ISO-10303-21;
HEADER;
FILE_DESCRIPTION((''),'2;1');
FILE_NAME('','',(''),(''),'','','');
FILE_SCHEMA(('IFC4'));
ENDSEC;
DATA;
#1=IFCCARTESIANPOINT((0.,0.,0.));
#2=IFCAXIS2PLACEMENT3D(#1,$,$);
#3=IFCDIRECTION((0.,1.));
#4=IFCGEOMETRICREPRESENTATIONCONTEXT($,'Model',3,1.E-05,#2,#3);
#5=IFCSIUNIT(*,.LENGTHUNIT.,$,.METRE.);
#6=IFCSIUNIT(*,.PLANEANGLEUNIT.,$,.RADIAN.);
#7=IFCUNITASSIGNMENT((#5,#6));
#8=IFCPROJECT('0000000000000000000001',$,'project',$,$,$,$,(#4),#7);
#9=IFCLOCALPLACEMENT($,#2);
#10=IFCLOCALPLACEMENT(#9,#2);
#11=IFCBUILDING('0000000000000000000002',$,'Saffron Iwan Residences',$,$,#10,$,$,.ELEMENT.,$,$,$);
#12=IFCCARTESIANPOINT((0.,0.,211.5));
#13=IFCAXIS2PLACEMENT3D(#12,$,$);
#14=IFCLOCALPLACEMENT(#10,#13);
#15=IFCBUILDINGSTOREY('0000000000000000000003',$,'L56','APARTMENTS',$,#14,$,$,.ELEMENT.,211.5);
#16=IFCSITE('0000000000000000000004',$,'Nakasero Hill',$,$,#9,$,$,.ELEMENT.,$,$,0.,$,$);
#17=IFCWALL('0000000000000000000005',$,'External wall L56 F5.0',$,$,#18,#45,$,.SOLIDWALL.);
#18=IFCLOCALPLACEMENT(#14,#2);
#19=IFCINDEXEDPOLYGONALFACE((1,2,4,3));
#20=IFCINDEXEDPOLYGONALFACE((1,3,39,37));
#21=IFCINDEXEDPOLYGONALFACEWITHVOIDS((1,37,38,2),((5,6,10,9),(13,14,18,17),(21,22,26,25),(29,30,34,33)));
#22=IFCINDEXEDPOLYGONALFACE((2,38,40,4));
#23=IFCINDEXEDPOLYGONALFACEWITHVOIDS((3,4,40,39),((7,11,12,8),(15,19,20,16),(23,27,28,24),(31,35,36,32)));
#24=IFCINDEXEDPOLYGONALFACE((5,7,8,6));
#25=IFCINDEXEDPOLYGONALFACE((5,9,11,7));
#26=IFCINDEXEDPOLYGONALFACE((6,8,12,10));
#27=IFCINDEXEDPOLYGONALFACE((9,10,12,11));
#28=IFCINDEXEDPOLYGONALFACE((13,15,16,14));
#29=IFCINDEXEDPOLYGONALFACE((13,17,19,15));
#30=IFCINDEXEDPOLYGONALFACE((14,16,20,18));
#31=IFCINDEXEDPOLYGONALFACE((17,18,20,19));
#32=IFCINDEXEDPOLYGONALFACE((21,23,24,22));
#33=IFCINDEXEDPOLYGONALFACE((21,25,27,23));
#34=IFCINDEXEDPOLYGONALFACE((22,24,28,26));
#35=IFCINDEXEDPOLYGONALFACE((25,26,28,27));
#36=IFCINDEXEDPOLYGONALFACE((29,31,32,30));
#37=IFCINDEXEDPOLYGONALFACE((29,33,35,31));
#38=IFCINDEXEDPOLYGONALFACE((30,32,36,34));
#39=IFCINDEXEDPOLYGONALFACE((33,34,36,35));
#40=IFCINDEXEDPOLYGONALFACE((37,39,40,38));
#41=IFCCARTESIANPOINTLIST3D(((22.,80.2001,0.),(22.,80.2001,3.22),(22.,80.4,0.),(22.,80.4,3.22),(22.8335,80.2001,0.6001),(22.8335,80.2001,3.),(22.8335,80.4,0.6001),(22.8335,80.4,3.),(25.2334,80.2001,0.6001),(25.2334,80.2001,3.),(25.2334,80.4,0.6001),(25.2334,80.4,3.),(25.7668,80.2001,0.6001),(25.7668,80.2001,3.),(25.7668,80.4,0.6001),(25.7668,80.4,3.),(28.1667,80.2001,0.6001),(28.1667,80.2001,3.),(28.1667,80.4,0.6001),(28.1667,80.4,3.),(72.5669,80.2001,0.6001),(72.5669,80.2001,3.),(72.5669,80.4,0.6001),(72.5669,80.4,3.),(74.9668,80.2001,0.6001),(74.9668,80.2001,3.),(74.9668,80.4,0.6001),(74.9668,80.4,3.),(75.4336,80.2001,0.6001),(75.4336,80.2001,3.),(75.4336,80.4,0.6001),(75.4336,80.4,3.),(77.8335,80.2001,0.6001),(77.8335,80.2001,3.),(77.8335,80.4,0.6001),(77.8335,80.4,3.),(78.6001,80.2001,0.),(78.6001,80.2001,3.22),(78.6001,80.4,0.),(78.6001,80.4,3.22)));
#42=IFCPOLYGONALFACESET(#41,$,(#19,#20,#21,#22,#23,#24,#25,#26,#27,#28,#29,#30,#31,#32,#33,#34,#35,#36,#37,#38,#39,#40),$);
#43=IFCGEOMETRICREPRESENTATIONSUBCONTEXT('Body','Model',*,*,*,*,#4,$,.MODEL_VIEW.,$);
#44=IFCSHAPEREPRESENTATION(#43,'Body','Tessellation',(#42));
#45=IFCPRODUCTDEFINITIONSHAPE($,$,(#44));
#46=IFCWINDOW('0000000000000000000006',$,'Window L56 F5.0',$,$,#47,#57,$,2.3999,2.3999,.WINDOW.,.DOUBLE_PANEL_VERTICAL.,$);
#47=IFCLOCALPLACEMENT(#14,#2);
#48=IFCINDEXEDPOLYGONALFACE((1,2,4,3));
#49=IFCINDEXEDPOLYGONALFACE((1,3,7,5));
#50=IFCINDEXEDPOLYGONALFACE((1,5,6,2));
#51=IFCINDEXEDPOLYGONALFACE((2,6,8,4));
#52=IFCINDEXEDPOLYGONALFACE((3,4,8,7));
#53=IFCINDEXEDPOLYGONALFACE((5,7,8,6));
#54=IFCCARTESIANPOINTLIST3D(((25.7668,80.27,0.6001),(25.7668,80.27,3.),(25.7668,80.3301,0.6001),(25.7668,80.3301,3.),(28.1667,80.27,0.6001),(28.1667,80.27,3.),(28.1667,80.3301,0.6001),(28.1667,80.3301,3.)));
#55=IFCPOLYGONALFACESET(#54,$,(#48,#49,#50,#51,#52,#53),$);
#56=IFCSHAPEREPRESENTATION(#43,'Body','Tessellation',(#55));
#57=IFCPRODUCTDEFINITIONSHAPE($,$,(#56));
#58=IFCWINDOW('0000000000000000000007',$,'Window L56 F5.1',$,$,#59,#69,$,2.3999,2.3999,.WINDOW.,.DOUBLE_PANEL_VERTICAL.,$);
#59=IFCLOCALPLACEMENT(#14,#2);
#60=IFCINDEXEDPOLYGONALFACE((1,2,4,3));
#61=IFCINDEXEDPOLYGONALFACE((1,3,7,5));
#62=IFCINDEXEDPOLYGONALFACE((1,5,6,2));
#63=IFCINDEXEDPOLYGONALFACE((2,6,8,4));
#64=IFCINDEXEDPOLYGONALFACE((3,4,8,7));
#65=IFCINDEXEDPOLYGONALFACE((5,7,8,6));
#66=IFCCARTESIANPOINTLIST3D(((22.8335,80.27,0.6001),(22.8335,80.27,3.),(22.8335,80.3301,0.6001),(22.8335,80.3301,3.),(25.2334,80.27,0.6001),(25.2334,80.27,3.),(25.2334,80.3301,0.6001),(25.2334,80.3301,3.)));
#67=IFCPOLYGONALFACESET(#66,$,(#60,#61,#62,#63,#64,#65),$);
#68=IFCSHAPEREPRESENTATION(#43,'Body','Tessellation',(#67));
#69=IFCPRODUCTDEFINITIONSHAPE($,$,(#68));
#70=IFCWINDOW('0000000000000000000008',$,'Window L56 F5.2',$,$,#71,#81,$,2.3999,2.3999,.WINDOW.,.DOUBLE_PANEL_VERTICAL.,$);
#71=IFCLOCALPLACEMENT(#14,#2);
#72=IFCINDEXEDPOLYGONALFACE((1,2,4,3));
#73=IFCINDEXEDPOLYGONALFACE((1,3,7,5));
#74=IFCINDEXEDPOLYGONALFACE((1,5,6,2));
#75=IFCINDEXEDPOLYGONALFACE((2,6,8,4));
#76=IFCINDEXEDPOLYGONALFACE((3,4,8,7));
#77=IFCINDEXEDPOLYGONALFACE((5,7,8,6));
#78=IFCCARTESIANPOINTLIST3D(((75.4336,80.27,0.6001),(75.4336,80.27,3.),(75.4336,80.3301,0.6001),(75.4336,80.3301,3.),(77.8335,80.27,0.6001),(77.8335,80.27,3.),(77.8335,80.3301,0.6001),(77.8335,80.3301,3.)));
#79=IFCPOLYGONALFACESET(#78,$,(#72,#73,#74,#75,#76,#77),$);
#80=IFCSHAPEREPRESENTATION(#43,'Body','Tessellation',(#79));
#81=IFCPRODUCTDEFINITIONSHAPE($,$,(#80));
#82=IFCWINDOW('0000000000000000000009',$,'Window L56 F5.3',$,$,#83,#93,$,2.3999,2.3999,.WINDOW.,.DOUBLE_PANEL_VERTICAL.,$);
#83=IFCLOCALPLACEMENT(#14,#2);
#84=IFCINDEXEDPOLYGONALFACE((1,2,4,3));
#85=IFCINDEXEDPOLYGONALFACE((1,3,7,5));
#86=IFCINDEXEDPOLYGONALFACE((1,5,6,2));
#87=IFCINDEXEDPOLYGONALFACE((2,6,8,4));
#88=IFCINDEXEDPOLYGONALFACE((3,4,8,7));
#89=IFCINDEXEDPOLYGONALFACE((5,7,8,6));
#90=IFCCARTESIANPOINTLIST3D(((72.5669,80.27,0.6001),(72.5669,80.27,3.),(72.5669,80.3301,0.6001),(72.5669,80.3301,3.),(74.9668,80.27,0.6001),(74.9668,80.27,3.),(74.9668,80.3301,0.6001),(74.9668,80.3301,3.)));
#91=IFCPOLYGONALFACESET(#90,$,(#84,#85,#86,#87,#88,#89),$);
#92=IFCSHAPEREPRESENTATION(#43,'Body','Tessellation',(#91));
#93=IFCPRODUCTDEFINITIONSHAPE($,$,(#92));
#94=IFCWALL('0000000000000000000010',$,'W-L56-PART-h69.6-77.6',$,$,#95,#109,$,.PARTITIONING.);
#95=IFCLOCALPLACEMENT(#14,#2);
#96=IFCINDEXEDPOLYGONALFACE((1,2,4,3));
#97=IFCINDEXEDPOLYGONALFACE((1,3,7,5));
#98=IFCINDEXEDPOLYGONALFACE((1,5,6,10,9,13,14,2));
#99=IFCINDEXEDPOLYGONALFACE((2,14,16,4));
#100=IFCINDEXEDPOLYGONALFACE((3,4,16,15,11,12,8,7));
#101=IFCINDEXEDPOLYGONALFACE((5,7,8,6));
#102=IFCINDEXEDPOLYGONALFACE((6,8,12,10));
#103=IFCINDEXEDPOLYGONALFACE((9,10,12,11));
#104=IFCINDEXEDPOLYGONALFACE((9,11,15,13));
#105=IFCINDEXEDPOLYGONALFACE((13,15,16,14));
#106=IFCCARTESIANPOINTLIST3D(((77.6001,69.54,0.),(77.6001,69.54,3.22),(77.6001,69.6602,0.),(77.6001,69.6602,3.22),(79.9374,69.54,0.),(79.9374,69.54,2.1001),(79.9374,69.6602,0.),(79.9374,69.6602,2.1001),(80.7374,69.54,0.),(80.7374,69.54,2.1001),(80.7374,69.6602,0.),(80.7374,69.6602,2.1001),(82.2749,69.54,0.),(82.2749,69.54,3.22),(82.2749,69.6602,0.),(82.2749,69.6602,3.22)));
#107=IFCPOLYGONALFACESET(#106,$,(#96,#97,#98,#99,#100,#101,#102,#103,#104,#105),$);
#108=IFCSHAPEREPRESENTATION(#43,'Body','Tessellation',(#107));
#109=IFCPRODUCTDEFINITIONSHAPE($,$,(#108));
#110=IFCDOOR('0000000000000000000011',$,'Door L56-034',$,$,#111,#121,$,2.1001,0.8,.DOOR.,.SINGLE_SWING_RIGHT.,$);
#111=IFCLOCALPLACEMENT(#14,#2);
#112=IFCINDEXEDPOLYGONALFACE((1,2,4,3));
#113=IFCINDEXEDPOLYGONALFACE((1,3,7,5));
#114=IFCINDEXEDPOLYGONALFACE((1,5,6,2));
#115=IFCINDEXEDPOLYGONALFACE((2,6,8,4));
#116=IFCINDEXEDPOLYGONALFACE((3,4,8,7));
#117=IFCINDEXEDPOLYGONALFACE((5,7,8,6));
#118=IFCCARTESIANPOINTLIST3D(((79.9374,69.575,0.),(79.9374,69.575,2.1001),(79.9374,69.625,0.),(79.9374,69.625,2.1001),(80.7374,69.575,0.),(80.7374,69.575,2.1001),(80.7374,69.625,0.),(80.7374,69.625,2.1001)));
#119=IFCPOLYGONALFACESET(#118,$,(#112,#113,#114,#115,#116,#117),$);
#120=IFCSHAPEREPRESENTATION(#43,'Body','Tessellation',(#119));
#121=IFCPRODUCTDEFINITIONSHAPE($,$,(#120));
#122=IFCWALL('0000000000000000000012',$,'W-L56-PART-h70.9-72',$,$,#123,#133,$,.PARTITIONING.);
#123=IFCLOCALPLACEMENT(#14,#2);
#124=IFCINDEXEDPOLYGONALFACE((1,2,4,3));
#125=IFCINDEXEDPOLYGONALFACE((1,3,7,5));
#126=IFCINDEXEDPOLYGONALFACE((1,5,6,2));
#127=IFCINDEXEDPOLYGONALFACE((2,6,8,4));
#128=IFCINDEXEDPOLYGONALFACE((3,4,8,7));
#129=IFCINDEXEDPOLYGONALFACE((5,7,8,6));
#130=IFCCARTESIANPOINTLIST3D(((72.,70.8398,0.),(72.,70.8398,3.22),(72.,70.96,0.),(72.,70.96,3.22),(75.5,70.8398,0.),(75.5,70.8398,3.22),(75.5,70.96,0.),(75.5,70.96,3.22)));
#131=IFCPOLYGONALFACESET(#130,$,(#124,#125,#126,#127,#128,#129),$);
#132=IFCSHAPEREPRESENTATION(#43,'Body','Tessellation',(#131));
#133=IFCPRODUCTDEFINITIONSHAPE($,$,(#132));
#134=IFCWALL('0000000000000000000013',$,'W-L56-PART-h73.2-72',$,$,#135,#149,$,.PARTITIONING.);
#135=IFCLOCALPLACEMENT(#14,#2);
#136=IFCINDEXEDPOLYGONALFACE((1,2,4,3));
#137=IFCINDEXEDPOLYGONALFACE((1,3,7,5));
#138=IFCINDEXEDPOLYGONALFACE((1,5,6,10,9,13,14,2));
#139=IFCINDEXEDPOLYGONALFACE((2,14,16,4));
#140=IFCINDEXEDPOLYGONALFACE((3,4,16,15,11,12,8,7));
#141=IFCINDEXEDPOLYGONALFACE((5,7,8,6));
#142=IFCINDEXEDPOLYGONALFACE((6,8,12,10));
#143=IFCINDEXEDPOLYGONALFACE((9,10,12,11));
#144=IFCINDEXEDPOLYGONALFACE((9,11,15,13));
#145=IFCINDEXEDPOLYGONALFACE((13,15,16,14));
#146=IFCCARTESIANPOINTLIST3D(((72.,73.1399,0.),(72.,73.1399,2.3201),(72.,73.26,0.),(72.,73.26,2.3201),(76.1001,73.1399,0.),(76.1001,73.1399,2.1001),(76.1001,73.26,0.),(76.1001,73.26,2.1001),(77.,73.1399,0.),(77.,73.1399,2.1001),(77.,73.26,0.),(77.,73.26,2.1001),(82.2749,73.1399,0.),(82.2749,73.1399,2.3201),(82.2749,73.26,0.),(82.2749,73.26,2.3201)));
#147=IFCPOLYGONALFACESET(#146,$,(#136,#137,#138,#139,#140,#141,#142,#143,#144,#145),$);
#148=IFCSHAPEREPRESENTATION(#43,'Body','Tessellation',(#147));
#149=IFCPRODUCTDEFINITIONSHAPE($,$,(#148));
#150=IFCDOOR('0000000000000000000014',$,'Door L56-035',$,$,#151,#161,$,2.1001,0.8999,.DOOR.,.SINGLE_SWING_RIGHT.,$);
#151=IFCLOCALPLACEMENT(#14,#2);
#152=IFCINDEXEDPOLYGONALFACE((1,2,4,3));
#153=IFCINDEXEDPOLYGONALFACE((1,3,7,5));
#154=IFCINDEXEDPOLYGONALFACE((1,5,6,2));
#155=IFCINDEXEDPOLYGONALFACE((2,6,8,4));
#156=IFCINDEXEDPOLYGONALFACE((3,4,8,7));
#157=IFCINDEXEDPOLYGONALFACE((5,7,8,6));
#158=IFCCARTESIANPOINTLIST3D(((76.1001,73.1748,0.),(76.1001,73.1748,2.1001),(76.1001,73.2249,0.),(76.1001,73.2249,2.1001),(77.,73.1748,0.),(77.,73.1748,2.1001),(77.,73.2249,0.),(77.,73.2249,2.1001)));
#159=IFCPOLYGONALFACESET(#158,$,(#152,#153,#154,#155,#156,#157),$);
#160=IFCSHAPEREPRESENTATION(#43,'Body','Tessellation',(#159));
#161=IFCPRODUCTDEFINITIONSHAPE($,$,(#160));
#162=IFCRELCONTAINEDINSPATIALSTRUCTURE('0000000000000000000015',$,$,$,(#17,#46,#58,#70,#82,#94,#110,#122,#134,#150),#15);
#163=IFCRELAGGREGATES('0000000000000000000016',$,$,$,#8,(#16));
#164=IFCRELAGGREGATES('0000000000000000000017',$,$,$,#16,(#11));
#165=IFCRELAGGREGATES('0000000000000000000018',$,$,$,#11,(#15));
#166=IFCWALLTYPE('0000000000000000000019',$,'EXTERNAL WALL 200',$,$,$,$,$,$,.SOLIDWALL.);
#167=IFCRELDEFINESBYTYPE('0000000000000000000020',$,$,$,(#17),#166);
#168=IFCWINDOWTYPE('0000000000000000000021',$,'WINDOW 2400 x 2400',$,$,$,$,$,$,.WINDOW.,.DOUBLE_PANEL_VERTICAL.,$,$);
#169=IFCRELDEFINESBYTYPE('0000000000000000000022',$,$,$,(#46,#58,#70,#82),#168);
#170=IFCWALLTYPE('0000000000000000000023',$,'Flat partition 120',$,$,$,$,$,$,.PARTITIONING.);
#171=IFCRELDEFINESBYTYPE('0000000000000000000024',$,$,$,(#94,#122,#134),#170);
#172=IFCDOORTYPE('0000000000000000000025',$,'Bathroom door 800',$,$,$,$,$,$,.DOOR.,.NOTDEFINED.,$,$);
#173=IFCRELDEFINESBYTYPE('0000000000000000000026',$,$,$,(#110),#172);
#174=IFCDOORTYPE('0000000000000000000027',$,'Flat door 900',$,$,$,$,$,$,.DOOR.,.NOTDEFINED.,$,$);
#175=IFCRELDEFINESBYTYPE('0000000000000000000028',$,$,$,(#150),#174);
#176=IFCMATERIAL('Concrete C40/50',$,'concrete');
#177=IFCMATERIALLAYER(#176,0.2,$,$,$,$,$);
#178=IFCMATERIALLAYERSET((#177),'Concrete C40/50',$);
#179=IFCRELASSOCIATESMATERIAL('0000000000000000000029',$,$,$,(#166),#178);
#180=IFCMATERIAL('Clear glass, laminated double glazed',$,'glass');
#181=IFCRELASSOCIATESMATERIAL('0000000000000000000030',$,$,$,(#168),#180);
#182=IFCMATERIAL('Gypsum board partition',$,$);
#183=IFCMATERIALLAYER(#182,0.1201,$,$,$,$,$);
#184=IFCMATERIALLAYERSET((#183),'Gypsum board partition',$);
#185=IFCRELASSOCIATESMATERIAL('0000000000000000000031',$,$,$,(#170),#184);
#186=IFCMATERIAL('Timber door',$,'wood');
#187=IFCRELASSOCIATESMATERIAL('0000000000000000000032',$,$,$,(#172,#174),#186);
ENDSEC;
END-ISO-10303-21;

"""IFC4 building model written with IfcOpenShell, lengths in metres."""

from ifc_helpers import new_model, si_unit, direction, frame, frame_2d, origin, place, context, subcontext, project, spatial, rectangle, extrude, material, layer, layer_set, type_object, element, fill, save


model = new_model("IFC4")

# Units and contexts
model_context = context("Model", 3, precision=1e-05, world=origin(), true_north=direction((0.0, 1.0)))
body_context = subcontext(model_context, "Body", "Model", "MODEL_VIEW")
ifc_project = project(units=[si_unit("LENGTHUNIT", "METRE"), si_unit("PLANEANGLEUNIT", "RADIAN")], contexts=[model_context])

# Site, building, storey
site_placement = place(None, origin())
site = spatial("IfcSite", under=ifc_project, at=site_placement, Name="Nakasero Hill", CompositionType="ELEMENT", RefElevation=0.0)
building_placement = place(site_placement, origin())
building = spatial("IfcBuilding", under=site, at=building_placement, Name="Saffron Iwan Residences", CompositionType="ELEMENT")
storey_placement = place(building_placement, frame((0.0, 0.0, 211.5)))
storey = spatial("IfcBuildingStorey", under=building, at=storey_placement, Name="L56", Description="APARTMENTS", CompositionType="ELEMENT", Elevation=211.5)

# Shared definitions
ifc_material_1 = material(Name="Concrete C40/50", Category="concrete")

# Shared definitions
ifc_layer_1 = layer(ifc_material_1, 0.2)
ifc_layer_set_1 = layer_set([ifc_layer_1], Name="Concrete C40/50")
wall_type_1 = type_object("IfcWallType", Name="EXTERNAL WALL 200", PredefinedType="SOLIDWALL", material=ifc_layer_set_1)

# Shared definitions
ifc_material_2 = material(Name="Clear glass, laminated double glazed", Category="glass")

# Wall, openings, windows
wall_1_placement = place(storey_placement, frame((78.6001, 80.3, 0.0), z_axis=(0.0, 0.0, 1.0), x_axis=(-1.0, 0.0, 0.0)))
wall_1 = element("IfcWall", 1, at=wall_1_placement, inside=storey, type_object=wall_type_1, Name="External wall L56 F5.0", PredefinedType="SOLIDWALL", context=body_context, shape_type="SweptSolid", body=[
    extrude(rectangle(XDim=56.6001, YDim=0.2, at=frame_2d((28.3, 0.0))), origin(), (0.0, 0.0, 1.0), 3.22),
])
opening_1_placement = place(wall_1_placement, frame((50.4333, 0.0, 0.6001)))
opening_1 = element("IfcOpeningElement", 2, at=opening_1_placement, cuts=wall_1, PredefinedType="OPENING", context=body_context, shape_type="SweptSolid", body=[
    extrude(rectangle(XDim=2.3999, YDim=2.3999, at=frame_2d((1.2, 1.2))), frame((0.0, 0.1099, 0.0), z_axis=(0.0, -1.0, 0.0), x_axis=(1.0, 0.0, 0.0)), (0.0, 0.0, 1.0), 0.22),
])
opening_2_placement = place(wall_1_placement, frame((53.3667, 0.0, 0.6001)))
opening_2 = element("IfcOpeningElement", 3, at=opening_2_placement, cuts=wall_1, PredefinedType="OPENING", context=body_context, shape_type="SweptSolid", body=[
    extrude(rectangle(XDim=2.3999, YDim=2.3999, at=frame_2d((1.2, 1.2))), frame((0.0, 0.1099, 0.0), z_axis=(0.0, -1.0, 0.0), x_axis=(1.0, 0.0, 0.0)), (0.0, 0.0, 1.0), 0.22),
])
opening_3_placement = place(wall_1_placement, frame((0.7666, 0.0, 0.6001)))
opening_3 = element("IfcOpeningElement", 4, at=opening_3_placement, cuts=wall_1, PredefinedType="OPENING", context=body_context, shape_type="SweptSolid", body=[
    extrude(rectangle(XDim=2.3999, YDim=2.3999, at=frame_2d((1.2, 1.2))), frame((0.0, 0.1099, 0.0), z_axis=(0.0, -1.0, 0.0), x_axis=(1.0, 0.0, 0.0)), (0.0, 0.0, 1.0), 0.22),
])
opening_4_placement = place(wall_1_placement, frame((3.6333, 0.0, 0.6001)))
opening_4 = element("IfcOpeningElement", 5, at=opening_4_placement, cuts=wall_1, PredefinedType="OPENING", context=body_context, shape_type="SweptSolid", body=[
    extrude(rectangle(XDim=2.3999, YDim=2.3999, at=frame_2d((1.2, 1.2))), frame((0.0, 0.1099, 0.0), z_axis=(0.0, -1.0, 0.0), x_axis=(1.0, 0.0, 0.0)), (0.0, 0.0, 1.0), 0.22),
])
window_type = type_object("IfcWindowType", Name="WINDOW 2400 x 2400", PartitioningType="DOUBLE_PANEL_VERTICAL", PredefinedType="WINDOW", material=ifc_material_2)
window_1_placement = place(opening_1_placement, origin())
window_1 = element("IfcWindow", 6, at=window_1_placement, inside=storey, type_object=window_type, Name="Window L56 F5.0", OverallHeight=2.3999, OverallWidth=2.3999, PartitioningType="DOUBLE_PANEL_VERTICAL", PredefinedType="WINDOW", context=body_context, shape_type="SweptSolid", body=[
    extrude(rectangle(XDim=2.3999, YDim=2.3999, at=frame_2d((1.2, 1.2))), frame((0.0, 0.03, 0.0), z_axis=(0.0, -1.0, 0.0), x_axis=(1.0, 0.0, 0.0)), (0.0, 0.0, 1.0), 0.0601),
])
fill(opening_1, window_1)
window_2_placement = place(opening_2_placement, origin())
window_2 = element("IfcWindow", 7, at=window_2_placement, inside=storey, type_object=window_type, Name="Window L56 F5.1", OverallHeight=2.3999, OverallWidth=2.3999, PartitioningType="DOUBLE_PANEL_VERTICAL", PredefinedType="WINDOW", context=body_context, shape_type="SweptSolid", body=[
    extrude(rectangle(XDim=2.3999, YDim=2.3999, at=frame_2d((1.2, 1.2))), frame((0.0, 0.03, 0.0), z_axis=(0.0, -1.0, 0.0), x_axis=(1.0, 0.0, 0.0)), (0.0, 0.0, 1.0), 0.0601),
])
fill(opening_2, window_2)
window_3_placement = place(opening_3_placement, origin())
window_3 = element("IfcWindow", 8, at=window_3_placement, inside=storey, type_object=window_type, Name="Window L56 F5.2", OverallHeight=2.3999, OverallWidth=2.3999, PartitioningType="DOUBLE_PANEL_VERTICAL", PredefinedType="WINDOW", context=body_context, shape_type="SweptSolid", body=[
    extrude(rectangle(XDim=2.3999, YDim=2.3999, at=frame_2d((1.2, 1.2))), frame((0.0, 0.03, 0.0), z_axis=(0.0, -1.0, 0.0), x_axis=(1.0, 0.0, 0.0)), (0.0, 0.0, 1.0), 0.0601),
])
fill(opening_3, window_3)
window_4_placement = place(opening_4_placement, origin())
window_4 = element("IfcWindow", 9, at=window_4_placement, inside=storey, type_object=window_type, Name="Window L56 F5.3", OverallHeight=2.3999, OverallWidth=2.3999, PartitioningType="DOUBLE_PANEL_VERTICAL", PredefinedType="WINDOW", context=body_context, shape_type="SweptSolid", body=[
    extrude(rectangle(XDim=2.3999, YDim=2.3999, at=frame_2d((1.2, 1.2))), frame((0.0, 0.03, 0.0), z_axis=(0.0, -1.0, 0.0), x_axis=(1.0, 0.0, 0.0)), (0.0, 0.0, 1.0), 0.0601),
])
fill(opening_4, window_4)

# Wall, opening, door
ifc_material_3 = material(Name="Gypsum board partition")
ifc_layer_2 = layer(ifc_material_3, 0.1201)
ifc_layer_set_2 = layer_set([ifc_layer_2], Name="Gypsum board partition")
wall_type_2 = type_object("IfcWallType", Name="Flat partition 120", PredefinedType="PARTITIONING", material=ifc_layer_set_2)
wall_2_placement = place(storey_placement, frame((77.6001, 69.6001, 0.0), z_axis=(0.0, 0.0, 1.0), x_axis=(1.0, 0.0, 0.0)))
wall_2 = element("IfcWall", 10, at=wall_2_placement, inside=storey, type_object=wall_type_2, Name="W-L56-PART-h69.6-77.6", PredefinedType="PARTITIONING", context=body_context, shape_type="SweptSolid", body=[
    extrude(rectangle(XDim=4.6748, YDim=0.1201, at=frame_2d((2.3374, 0.0))), origin(), (0.0, 0.0, 1.0), 3.22),
])
opening_5_placement = place(wall_2_placement, frame((2.3374, 0.0, 0.0)))
opening_5 = element("IfcOpeningElement", 11, at=opening_5_placement, cuts=wall_2, PredefinedType="OPENING", context=body_context, shape_type="SweptSolid", body=[
    extrude(rectangle(XDim=0.8, YDim=2.1001, at=frame_2d((0.3999, 1.05))), frame((0.0, 0.0701, 0.0), z_axis=(0.0, -1.0, 0.0), x_axis=(1.0, 0.0, 0.0)), (0.0, 0.0, 1.0), 0.1401),
])
ifc_material_4 = material(Name="Timber door", Category="wood")
door_type_1 = type_object("IfcDoorType", Name="Bathroom door 800", OperationType="NOTDEFINED", PredefinedType="DOOR", material=ifc_material_4)
door_1_placement = place(opening_5_placement, origin())
door_1 = element("IfcDoor", 12, at=door_1_placement, inside=storey, type_object=door_type_1, Name="Door L56-034", OperationType="SINGLE_SWING_RIGHT", OverallHeight=2.1001, OverallWidth=0.8, PredefinedType="DOOR", context=body_context, shape_type="SweptSolid", body=[
    extrude(rectangle(XDim=0.8, YDim=2.1001, at=frame_2d((0.3999, 1.05))), frame((0.0, 0.0249, 0.0), z_axis=(0.0, -1.0, 0.0), x_axis=(1.0, 0.0, 0.0)), (0.0, 0.0, 1.0), 0.05),
])
fill(opening_5, door_1)

# Wall
wall_3_placement = place(storey_placement, frame((72.0, 70.8999, 0.0), z_axis=(0.0, 0.0, 1.0), x_axis=(1.0, 0.0, 0.0)))
element("IfcWall", 13, at=wall_3_placement, inside=storey, type_object=wall_type_2, Name="W-L56-PART-h70.9-72", PredefinedType="PARTITIONING", context=body_context, shape_type="SweptSolid", body=[
    extrude(rectangle(XDim=3.5, YDim=0.1201, at=frame_2d((1.75, 0.0))), origin(), (0.0, 0.0, 1.0), 3.22),
])

# Wall, opening, door
wall_4_placement = place(storey_placement, frame((72.0, 73.2, 0.0), z_axis=(0.0, 0.0, 1.0), x_axis=(1.0, 0.0, 0.0)))
wall_4 = element("IfcWall", 14, at=wall_4_placement, inside=storey, type_object=wall_type_2, Name="W-L56-PART-h73.2-72", PredefinedType="PARTITIONING", context=body_context, shape_type="SweptSolid", body=[
    extrude(rectangle(XDim=10.2749, YDim=0.1201, at=frame_2d((5.1375, 0.0))), origin(), (0.0, 0.0, 1.0), 2.3201),
])
opening_6_placement = place(wall_4_placement, frame((4.1001, 0.0, 0.0)))
opening_6 = element("IfcOpeningElement", 15, at=opening_6_placement, cuts=wall_4, PredefinedType="OPENING", context=body_context, shape_type="SweptSolid", body=[
    extrude(rectangle(XDim=0.8999, YDim=2.1001, at=frame_2d((0.45, 1.05))), frame((0.0, 0.0701, 0.0), z_axis=(0.0, -1.0, 0.0), x_axis=(1.0, 0.0, 0.0)), (0.0, 0.0, 1.0), 0.1401),
])
door_type_2 = type_object("IfcDoorType", Name="Flat door 900", OperationType="NOTDEFINED", PredefinedType="DOOR", material=ifc_material_4)
door_2_placement = place(opening_6_placement, origin())
door_2 = element("IfcDoor", 16, at=door_2_placement, inside=storey, type_object=door_type_2, Name="Door L56-035", OperationType="SINGLE_SWING_RIGHT", OverallHeight=2.1001, OverallWidth=0.8999, PredefinedType="DOOR", context=body_context, shape_type="SweptSolid", body=[
    extrude(rectangle(XDim=0.8999, YDim=2.1001, at=frame_2d((0.45, 1.05))), frame((0.0, 0.0249, 0.0), z_axis=(0.0, -1.0, 0.0), x_axis=(1.0, 0.0, 0.0)), (0.0, 0.0, 1.0), 0.05),
])
fill(opening_6, door_2)

save(model, "model.ifc")
